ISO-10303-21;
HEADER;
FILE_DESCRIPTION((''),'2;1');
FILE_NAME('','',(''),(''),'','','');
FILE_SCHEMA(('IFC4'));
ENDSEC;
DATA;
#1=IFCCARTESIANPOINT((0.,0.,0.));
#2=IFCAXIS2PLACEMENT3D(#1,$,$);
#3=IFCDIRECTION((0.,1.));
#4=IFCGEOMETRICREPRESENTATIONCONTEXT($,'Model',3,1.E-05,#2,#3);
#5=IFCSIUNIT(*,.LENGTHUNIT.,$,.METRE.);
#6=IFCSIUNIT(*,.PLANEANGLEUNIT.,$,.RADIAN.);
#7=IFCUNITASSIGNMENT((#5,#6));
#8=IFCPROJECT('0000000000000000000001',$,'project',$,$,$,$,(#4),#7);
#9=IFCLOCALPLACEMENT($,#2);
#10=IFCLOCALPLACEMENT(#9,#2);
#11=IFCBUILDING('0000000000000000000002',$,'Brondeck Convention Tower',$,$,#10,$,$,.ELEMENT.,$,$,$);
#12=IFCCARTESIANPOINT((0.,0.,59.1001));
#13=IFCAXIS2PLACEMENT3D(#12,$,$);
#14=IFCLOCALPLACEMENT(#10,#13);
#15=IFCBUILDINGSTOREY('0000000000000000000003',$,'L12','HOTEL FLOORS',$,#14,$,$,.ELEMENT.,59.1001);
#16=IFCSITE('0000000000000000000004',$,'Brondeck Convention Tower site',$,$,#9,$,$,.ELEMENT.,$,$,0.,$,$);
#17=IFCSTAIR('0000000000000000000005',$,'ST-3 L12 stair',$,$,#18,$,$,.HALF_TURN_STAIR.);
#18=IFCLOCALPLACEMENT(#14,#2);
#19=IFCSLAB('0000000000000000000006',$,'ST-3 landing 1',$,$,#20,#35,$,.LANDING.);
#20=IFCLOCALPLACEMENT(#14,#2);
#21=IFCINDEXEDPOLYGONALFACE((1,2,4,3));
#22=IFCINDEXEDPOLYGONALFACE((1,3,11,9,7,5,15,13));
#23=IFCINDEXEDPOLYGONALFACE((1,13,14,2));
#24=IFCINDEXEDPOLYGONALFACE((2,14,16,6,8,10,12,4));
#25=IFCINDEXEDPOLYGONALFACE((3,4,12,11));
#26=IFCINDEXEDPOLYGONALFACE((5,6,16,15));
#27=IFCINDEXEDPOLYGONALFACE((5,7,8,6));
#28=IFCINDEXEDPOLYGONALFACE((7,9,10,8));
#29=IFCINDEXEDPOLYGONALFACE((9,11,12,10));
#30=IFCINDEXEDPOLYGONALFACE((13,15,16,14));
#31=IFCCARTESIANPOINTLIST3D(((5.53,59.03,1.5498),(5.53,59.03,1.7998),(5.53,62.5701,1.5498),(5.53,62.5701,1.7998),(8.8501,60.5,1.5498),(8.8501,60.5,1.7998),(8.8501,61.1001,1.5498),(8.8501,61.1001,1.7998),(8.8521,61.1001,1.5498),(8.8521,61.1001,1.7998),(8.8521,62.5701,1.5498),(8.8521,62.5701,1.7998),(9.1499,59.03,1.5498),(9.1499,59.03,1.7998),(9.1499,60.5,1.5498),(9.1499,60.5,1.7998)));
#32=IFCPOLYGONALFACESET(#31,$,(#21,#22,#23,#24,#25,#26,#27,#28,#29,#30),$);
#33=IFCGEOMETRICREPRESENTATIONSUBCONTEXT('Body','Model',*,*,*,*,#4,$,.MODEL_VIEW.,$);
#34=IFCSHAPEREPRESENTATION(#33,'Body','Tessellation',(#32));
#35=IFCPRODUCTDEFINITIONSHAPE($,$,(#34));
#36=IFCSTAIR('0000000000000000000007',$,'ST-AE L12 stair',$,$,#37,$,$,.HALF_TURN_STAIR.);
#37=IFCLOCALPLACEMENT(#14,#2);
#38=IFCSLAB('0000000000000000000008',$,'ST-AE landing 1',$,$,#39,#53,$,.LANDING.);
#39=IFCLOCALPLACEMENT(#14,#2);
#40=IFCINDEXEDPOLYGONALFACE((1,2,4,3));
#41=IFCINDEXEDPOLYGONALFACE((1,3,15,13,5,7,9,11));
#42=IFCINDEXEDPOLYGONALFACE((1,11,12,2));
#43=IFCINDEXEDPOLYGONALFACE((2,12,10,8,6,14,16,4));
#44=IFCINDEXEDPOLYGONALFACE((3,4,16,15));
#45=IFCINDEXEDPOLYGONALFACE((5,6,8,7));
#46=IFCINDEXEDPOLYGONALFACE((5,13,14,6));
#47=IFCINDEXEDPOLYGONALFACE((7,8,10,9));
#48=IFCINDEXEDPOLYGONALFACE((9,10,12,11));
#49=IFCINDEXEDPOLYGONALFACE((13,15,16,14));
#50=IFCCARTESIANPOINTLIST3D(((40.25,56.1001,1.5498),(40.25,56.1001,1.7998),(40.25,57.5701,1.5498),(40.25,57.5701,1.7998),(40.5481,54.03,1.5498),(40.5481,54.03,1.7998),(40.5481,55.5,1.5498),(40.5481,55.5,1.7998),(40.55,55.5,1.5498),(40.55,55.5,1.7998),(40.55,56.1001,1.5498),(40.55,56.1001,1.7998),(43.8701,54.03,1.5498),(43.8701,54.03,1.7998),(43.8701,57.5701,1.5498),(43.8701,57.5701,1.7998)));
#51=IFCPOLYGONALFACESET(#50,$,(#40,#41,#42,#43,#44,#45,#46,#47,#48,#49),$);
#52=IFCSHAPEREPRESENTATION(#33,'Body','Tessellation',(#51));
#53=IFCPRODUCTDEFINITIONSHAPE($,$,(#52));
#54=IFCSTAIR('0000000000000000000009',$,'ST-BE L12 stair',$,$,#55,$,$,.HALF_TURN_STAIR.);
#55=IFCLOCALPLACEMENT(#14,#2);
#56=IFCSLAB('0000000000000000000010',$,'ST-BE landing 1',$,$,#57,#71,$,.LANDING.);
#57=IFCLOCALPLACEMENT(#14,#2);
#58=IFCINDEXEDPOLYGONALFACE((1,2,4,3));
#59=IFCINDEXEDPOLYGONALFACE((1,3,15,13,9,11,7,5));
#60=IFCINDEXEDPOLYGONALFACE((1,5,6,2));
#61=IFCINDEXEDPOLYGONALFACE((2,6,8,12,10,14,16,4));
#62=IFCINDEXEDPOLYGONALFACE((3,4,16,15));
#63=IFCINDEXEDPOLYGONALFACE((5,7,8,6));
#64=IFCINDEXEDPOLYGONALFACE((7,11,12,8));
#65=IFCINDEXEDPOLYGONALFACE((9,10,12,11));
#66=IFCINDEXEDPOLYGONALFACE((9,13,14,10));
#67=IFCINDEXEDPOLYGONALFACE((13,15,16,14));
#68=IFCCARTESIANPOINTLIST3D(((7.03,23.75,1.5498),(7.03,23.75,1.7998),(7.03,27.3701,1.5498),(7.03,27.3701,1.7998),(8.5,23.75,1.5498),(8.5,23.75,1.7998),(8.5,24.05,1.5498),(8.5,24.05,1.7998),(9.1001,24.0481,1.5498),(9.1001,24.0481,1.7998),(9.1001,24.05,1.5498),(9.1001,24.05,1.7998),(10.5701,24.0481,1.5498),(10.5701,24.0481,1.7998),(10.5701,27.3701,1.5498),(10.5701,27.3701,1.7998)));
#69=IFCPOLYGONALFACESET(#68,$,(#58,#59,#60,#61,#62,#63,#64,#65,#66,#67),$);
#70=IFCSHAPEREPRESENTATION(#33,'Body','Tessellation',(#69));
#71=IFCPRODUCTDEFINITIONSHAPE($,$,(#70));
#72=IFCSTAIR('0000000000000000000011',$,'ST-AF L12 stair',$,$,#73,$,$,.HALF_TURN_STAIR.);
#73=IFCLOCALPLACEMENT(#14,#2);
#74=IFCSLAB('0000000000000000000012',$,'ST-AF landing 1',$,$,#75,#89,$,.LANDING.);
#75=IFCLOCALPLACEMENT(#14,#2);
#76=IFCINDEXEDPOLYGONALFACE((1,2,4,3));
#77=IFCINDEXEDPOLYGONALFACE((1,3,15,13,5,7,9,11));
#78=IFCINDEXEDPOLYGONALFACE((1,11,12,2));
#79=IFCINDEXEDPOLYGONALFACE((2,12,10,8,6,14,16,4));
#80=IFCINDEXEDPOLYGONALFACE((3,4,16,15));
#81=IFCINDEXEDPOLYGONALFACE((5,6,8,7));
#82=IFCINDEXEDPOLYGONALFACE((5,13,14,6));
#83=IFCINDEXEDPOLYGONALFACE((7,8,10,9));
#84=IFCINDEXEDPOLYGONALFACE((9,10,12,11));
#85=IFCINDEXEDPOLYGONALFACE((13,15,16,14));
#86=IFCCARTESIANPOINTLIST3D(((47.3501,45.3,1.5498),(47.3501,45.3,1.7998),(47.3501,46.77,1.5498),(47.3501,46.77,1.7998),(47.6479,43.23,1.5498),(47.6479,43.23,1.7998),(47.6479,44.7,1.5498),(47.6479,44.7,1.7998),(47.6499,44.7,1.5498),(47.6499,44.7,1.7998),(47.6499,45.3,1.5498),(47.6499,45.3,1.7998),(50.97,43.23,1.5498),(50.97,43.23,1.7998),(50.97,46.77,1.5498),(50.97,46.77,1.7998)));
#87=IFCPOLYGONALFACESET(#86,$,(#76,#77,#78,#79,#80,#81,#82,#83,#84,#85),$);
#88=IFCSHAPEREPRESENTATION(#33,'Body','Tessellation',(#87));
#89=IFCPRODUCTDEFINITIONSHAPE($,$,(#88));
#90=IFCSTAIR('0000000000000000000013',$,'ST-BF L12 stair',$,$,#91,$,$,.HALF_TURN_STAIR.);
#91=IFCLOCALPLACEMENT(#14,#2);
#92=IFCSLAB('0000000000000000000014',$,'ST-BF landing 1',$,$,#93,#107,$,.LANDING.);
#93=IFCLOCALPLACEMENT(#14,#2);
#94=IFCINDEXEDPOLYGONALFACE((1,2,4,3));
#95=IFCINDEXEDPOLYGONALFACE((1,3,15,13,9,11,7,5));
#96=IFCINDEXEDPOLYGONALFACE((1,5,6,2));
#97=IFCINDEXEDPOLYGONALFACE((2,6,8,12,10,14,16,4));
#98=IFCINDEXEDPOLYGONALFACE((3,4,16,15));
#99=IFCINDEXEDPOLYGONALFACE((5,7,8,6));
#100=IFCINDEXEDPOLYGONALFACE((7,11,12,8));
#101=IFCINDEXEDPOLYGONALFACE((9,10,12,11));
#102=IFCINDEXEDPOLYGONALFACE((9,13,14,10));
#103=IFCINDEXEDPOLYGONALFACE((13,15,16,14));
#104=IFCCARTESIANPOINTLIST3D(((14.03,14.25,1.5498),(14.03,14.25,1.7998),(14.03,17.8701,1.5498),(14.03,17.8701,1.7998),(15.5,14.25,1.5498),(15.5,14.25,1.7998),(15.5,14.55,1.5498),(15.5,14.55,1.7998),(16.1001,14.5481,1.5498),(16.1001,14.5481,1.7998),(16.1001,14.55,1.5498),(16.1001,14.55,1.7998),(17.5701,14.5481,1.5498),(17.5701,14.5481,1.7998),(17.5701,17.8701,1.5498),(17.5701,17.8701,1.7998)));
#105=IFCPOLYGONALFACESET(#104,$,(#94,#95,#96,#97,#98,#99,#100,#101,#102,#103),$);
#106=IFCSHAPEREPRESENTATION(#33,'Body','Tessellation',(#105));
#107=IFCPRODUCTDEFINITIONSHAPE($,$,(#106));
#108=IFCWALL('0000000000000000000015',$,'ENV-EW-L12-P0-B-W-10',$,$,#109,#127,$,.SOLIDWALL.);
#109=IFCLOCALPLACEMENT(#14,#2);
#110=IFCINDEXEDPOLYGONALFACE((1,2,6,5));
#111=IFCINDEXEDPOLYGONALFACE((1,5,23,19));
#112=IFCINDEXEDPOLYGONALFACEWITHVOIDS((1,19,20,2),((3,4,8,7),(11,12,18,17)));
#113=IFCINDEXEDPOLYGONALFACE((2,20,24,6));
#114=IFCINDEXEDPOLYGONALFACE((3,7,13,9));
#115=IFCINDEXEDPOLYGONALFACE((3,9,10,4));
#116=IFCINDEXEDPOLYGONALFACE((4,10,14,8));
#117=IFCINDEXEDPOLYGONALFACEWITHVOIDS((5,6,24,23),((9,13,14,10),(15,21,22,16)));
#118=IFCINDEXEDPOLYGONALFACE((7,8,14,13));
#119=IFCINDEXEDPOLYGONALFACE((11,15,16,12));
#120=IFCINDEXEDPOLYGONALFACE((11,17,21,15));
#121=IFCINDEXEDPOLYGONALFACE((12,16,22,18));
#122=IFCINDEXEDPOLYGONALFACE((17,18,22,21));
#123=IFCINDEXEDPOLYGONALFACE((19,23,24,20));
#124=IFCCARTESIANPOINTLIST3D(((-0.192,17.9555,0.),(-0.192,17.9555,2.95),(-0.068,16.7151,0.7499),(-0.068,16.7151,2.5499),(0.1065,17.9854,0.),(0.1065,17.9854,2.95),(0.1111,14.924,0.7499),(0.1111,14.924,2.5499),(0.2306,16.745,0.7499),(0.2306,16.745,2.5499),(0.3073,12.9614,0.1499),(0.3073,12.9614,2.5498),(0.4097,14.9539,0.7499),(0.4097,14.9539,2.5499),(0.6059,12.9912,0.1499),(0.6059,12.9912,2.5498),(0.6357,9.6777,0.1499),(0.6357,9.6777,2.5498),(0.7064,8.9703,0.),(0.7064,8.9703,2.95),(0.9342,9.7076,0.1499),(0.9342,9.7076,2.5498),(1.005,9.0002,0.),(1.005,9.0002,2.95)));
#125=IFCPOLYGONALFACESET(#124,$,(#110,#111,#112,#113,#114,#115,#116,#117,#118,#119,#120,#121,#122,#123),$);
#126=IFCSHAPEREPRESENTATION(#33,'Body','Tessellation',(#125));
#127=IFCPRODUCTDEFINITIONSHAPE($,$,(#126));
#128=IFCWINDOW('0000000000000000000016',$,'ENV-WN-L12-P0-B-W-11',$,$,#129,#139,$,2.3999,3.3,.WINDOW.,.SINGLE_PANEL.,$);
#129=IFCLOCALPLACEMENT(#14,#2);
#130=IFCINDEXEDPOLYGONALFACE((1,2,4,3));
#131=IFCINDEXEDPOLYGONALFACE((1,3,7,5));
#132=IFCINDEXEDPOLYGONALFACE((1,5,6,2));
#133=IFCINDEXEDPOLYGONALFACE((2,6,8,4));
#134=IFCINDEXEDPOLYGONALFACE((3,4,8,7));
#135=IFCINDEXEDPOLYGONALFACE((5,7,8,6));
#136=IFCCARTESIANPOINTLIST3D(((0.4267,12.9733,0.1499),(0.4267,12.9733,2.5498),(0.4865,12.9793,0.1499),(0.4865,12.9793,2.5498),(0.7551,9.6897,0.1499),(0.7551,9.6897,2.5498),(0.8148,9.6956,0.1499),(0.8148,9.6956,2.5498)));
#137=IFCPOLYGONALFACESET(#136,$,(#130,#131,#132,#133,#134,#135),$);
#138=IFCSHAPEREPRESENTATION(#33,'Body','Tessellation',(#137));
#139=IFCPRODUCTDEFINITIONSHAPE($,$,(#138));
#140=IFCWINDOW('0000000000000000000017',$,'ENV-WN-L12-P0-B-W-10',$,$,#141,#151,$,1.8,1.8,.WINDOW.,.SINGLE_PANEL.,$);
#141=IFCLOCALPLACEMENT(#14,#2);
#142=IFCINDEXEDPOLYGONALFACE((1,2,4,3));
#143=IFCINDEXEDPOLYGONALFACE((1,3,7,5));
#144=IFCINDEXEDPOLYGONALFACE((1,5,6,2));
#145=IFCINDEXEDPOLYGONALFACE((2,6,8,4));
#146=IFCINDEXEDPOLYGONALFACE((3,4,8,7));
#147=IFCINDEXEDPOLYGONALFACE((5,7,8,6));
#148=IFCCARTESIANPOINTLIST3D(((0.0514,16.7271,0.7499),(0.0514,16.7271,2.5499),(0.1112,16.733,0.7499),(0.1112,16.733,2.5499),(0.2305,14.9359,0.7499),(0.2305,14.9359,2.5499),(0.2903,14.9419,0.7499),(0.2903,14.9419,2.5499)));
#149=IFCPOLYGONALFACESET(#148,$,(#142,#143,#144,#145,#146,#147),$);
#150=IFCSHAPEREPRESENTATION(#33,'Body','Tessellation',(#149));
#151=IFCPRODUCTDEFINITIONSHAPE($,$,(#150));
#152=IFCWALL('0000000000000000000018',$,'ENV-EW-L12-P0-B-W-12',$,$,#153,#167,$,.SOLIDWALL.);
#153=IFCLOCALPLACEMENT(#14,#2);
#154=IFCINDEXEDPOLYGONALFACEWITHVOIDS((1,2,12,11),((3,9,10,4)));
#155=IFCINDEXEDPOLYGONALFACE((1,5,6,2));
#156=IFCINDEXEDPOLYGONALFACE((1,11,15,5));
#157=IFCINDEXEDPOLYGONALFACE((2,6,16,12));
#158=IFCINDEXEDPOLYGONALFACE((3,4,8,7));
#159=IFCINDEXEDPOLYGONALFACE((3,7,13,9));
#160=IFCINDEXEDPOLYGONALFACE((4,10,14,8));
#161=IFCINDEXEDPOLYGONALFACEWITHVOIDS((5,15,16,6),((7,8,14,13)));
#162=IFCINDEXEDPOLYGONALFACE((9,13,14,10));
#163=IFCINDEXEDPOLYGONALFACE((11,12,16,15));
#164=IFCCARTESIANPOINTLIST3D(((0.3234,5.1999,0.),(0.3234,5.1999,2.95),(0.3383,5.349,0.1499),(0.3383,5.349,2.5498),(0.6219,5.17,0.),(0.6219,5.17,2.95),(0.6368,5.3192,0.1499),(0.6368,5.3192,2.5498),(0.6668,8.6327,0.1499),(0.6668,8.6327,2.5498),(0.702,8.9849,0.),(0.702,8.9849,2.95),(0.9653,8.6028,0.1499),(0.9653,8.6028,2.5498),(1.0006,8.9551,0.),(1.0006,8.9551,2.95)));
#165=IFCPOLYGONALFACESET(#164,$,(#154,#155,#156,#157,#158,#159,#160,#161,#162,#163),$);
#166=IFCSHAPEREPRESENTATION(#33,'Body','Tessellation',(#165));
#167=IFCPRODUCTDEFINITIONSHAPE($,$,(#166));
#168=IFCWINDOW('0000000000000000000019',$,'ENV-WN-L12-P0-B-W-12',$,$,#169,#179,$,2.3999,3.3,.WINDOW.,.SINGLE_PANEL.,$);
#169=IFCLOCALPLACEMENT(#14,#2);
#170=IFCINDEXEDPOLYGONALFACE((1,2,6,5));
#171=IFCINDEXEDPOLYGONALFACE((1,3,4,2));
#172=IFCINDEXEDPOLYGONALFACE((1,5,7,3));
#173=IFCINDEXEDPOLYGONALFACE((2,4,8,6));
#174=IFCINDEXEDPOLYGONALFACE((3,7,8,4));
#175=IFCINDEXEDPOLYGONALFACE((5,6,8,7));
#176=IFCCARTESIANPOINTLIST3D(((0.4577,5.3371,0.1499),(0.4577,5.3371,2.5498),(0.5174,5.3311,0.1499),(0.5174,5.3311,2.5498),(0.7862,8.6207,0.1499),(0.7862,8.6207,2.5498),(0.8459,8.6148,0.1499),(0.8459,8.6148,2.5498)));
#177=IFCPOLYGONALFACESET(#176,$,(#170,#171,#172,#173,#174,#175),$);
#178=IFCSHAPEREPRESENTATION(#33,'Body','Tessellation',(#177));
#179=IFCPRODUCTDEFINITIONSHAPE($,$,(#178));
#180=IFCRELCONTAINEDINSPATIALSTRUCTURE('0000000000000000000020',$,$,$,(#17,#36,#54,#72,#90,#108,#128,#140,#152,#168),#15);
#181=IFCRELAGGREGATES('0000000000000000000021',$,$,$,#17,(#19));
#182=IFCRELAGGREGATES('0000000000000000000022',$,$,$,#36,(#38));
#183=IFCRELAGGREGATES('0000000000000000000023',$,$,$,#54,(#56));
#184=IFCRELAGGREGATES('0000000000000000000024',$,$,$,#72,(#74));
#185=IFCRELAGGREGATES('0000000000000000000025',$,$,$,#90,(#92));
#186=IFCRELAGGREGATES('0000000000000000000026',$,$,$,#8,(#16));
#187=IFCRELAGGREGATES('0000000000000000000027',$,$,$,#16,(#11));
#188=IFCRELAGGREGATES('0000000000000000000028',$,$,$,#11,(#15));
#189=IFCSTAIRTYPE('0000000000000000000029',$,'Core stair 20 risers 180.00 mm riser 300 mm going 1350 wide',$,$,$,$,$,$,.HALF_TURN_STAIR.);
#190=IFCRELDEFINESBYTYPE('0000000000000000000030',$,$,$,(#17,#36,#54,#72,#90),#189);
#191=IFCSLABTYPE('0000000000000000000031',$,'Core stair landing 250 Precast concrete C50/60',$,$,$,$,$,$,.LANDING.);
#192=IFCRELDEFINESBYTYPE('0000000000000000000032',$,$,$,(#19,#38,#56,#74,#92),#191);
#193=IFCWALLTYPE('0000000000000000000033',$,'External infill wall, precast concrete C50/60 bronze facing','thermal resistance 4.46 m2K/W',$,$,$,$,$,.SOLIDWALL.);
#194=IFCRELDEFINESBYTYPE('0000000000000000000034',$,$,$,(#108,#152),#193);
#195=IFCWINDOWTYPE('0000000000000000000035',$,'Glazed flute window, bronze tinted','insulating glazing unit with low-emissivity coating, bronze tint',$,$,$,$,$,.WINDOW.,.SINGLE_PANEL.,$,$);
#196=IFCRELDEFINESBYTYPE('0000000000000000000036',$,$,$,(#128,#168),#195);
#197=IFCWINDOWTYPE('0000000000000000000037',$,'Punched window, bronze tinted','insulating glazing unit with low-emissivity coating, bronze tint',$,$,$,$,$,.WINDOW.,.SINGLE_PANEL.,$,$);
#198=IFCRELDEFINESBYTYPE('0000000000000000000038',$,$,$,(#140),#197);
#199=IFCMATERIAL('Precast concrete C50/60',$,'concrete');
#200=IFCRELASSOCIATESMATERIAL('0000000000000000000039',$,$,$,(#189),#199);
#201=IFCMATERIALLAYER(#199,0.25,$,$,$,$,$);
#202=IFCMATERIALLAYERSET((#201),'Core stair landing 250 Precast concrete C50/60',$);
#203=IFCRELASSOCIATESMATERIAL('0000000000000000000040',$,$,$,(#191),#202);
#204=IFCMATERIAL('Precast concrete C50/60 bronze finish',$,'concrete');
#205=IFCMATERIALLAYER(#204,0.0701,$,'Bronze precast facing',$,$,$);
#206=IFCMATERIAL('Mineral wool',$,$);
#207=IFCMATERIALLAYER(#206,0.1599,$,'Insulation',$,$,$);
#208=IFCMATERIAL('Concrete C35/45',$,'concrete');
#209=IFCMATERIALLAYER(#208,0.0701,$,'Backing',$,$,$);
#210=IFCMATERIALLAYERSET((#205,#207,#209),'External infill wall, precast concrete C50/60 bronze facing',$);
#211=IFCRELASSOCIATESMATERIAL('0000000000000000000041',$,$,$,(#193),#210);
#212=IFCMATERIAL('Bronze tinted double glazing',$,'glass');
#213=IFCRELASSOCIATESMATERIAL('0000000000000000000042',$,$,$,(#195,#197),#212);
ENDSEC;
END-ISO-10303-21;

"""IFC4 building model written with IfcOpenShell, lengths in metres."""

from ifc_helpers import new_model, si_unit, direction, frame, frame_2d, origin, place, context, subcontext, project, spatial, polyline, rectangle, outline, extrude, material, layer, layer_set, type_object, element, fill, aggregate, save


model = new_model("IFC4")

# Units and contexts
model_context = context("Model", 3, precision=1e-05, world=origin(), true_north=direction((0.0, 1.0)))
body_context = subcontext(model_context, "Body", "Model", "MODEL_VIEW")
ifc_project = project(units=[si_unit("LENGTHUNIT", "METRE"), si_unit("PLANEANGLEUNIT", "RADIAN")], contexts=[model_context])

# Site, building, storey
site_placement = place(None, origin())
site = spatial("IfcSite", under=ifc_project, at=site_placement, Name="Brondeck Convention Tower site", CompositionType="ELEMENT", RefElevation=0.0)
building_placement = place(site_placement, origin())
building = spatial("IfcBuilding", under=site, at=building_placement, Name="Brondeck Convention Tower", CompositionType="ELEMENT")
storey_placement = place(building_placement, frame((0.0, 0.0, 59.1001)))
storey = spatial("IfcBuildingStorey", under=building, at=storey_placement, Name="L12", Description="HOTEL FLOORS", CompositionType="ELEMENT", Elevation=59.1001)

# Shared definitions
ifc_material_1 = material(Name="Concrete C35/45", Category="concrete")

# Stairs, slabs
ifc_material_2 = material(Name="Precast concrete C50/60", Category="concrete")
stair_type = type_object("IfcStairType", Name="Core stair 20 risers 180.00 mm riser 300 mm going 1350 wide", PredefinedType="HALF_TURN_STAIR", material=ifc_material_2)
ifc_layer_1 = layer(ifc_material_2, 0.25)
ifc_layer_set_1 = layer_set([ifc_layer_1], Name="Core stair landing 250 Precast concrete C50/60")
slab_type_1 = type_object("IfcSlabType", Name="Core stair landing 250 Precast concrete C50/60", PredefinedType="LANDING", material=ifc_layer_set_1)
stair_1_placement = place(storey_placement, origin())
stair_1 = element("IfcStair", 1, at=stair_1_placement, inside=storey, type_object=stair_type, Name="ST-3 L12 stair", PredefinedType="HALF_TURN_STAIR")
slab_1_placement = place(storey_placement, frame((0.0, 0.0, 1.5498)))
slab_1 = element("IfcSlab", 2, at=slab_1_placement, type_object=slab_type_1, Name="ST-3 landing 1", PredefinedType="LANDING", context=body_context, shape_type="SweptSolid", body=[
    extrude(outline(polyline([(9.1499, 60.5), (9.1499, 59.03), (5.53, 59.03), (5.53, 62.5701), (8.8521, 62.5701), (8.8521, 61.1001), (8.8501, 61.1001), (8.8501, 60.5), (9.1499, 60.5)])), origin(), (0.0, 0.0, 1.0), 0.25),
])
aggregate(stair_1, [slab_1])
stair_2_placement = place(storey_placement, origin())
stair_2 = element("IfcStair", 3, at=stair_2_placement, inside=storey, type_object=stair_type, Name="ST-AE L12 stair", PredefinedType="HALF_TURN_STAIR")
slab_2_placement = place(storey_placement, frame((0.0, 0.0, 1.5498)))
slab_2 = element("IfcSlab", 4, at=slab_2_placement, type_object=slab_type_1, Name="ST-AE landing 1", PredefinedType="LANDING", context=body_context, shape_type="SweptSolid", body=[
    extrude(outline(polyline([(40.5481, 55.5), (40.55, 55.5), (40.55, 56.1001), (40.25, 56.1001), (40.25, 57.5701), (43.8701, 57.5701), (43.8701, 54.03), (40.5481, 54.03), (40.5481, 55.5)])), origin(), (0.0, 0.0, 1.0), 0.25),
])
aggregate(stair_2, [slab_2])
stair_3_placement = place(storey_placement, origin())
stair_3 = element("IfcStair", 5, at=stair_3_placement, inside=storey, type_object=stair_type, Name="ST-BE L12 stair", PredefinedType="HALF_TURN_STAIR")
slab_3_placement = place(storey_placement, frame((0.0, 0.0, 1.5498)))
slab_3 = element("IfcSlab", 6, at=slab_3_placement, type_object=slab_type_1, Name="ST-BE landing 1", PredefinedType="LANDING", context=body_context, shape_type="SweptSolid", body=[
    extrude(outline(polyline([(7.03, 23.75), (7.03, 27.3701), (10.5701, 27.3701), (10.5701, 24.0481), (9.1001, 24.0481), (9.1001, 24.05), (8.5, 24.05), (8.5, 23.75), (7.03, 23.75)])), origin(), (0.0, 0.0, 1.0), 0.25),
])
aggregate(stair_3, [slab_3])
stair_4_placement = place(storey_placement, origin())
stair_4 = element("IfcStair", 7, at=stair_4_placement, inside=storey, type_object=stair_type, Name="ST-AF L12 stair", PredefinedType="HALF_TURN_STAIR")
slab_4_placement = place(storey_placement, frame((0.0, 0.0, 1.5498)))
slab_4 = element("IfcSlab", 8, at=slab_4_placement, type_object=slab_type_1, Name="ST-AF landing 1", PredefinedType="LANDING", context=body_context, shape_type="SweptSolid", body=[
    extrude(outline(polyline([(47.6479, 44.7), (47.6499, 44.7), (47.6499, 45.3), (47.3501, 45.3), (47.3501, 46.77), (50.97, 46.77), (50.97, 43.23), (47.6479, 43.23), (47.6479, 44.7)])), origin(), (0.0, 0.0, 1.0), 0.25),
])
aggregate(stair_4, [slab_4])
stair_5_placement = place(storey_placement, origin())
stair_5 = element("IfcStair", 9, at=stair_5_placement, inside=storey, type_object=stair_type, Name="ST-BF L12 stair", PredefinedType="HALF_TURN_STAIR")
slab_5_placement = place(storey_placement, frame((0.0, 0.0, 1.5498)))
slab_5 = element("IfcSlab", 10, at=slab_5_placement, type_object=slab_type_1, Name="ST-BF landing 1", PredefinedType="LANDING", context=body_context, shape_type="SweptSolid", body=[
    extrude(outline(polyline([(14.03, 14.25), (14.03, 17.8701), (17.5701, 17.8701), (17.5701, 14.5481), (16.1001, 14.5481), (16.1001, 14.55), (15.5, 14.55), (15.5, 14.25), (14.03, 14.25)])), origin(), (0.0, 0.0, 1.0), 0.25),
])
aggregate(stair_5, [slab_5])

# Wall, openings, windows
ifc_material_3 = material(Name="Precast concrete C50/60 bronze finish", Category="concrete")
ifc_layer_2 = layer(ifc_material_3, 0.0701, Name="Bronze precast facing")
ifc_material_4 = material(Name="Mineral wool")
ifc_layer_3 = layer(ifc_material_4, 0.1599, Name="Insulation")
ifc_layer_4 = layer(ifc_material_1, 0.0701, Name="Backing")
ifc_layer_set_2 = layer_set([ifc_layer_2, ifc_layer_3, ifc_layer_4], Name="External infill wall, precast concrete C50/60 bronze facing")
wall_type_1 = type_object("IfcWallType", Name="External infill wall, precast concrete C50/60 bronze facing", Description="thermal resistance 4.46 m2K/W", PredefinedType="SOLIDWALL", material=ifc_layer_set_2)
wall_1_placement = place(storey_placement, frame((0.8557, 8.9851, 0.0), z_axis=(0.0, 0.0, 1.0), x_axis=(-0.099496, 0.995038, 0.0)))
wall_1 = element("IfcWall", 11, at=wall_1_placement, inside=storey, type_object=wall_type_1, Name="ENV-EW-L12-P0-B-W-10", PredefinedType="SOLIDWALL", context=body_context, shape_type="SweptSolid", body=[
    extrude(rectangle(XDim=9.03, YDim=0.3, at=frame_2d((4.5151, 0.0))), origin(), (0.0, 0.0, 1.0), 2.95),
])
opening_1_placement = place(wall_1_placement, frame((0.7112, 0.0, 0.1499)))
opening_1 = element("IfcOpeningElement", 12, at=opening_1_placement, cuts=wall_1, PredefinedType="OPENING", context=body_context, shape_type="SweptSolid", body=[
    extrude(rectangle(XDim=3.3, YDim=2.3999, at=frame_2d((1.6499, 1.2))), frame((0.0, 0.1599, 0.0), z_axis=(0.0, -1.0, 0.0), x_axis=(1.0, 0.0, 0.0)), (0.0, 0.0, 1.0), 0.3201),
])
opening_2_placement = place(wall_1_placement, frame((5.9836, 0.0, 0.75)))
opening_2 = element("IfcOpeningElement", 13, at=opening_2_placement, cuts=wall_1, PredefinedType="OPENING", context=body_context, shape_type="SweptSolid", body=[
    extrude(rectangle(XDim=1.8, YDim=1.8, at=frame_2d((0.8999, 0.8999))), frame((0.0, 0.1599, 0.0), z_axis=(0.0, -1.0, 0.0), x_axis=(1.0, 0.0, 0.0)), (0.0, 0.0, 1.0), 0.3201),
])
ifc_material_5 = material(Name="Bronze tinted double glazing", Category="glass")
window_type_1 = type_object("IfcWindowType", Name="Glazed flute window, bronze tinted", Description="insulating glazing unit with low-emissivity coating, bronze tint", PartitioningType="SINGLE_PANEL", PredefinedType="WINDOW", material=ifc_material_5)
window_1_placement = place(opening_1_placement, origin())
window_1 = element("IfcWindow", 14, at=window_1_placement, inside=storey, type_object=window_type_1, Name="ENV-WN-L12-P0-B-W-11", OverallHeight=2.3999, OverallWidth=3.3, PartitioningType="SINGLE_PANEL", PredefinedType="WINDOW", context=body_context, shape_type="SweptSolid", body=[
    extrude(rectangle(XDim=3.3, YDim=2.3999, at=frame_2d((1.6499, 1.2))), frame((0.0, 0.03, 0.0), z_axis=(0.0, -1.0, 0.0), x_axis=(1.0, 0.0, 0.0)), (0.0, 0.0, 1.0), 0.0601),
])
fill(opening_1, window_1)
window_type_2 = type_object("IfcWindowType", Name="Punched window, bronze tinted", Description="insulating glazing unit with low-emissivity coating, bronze tint", PartitioningType="SINGLE_PANEL", PredefinedType="WINDOW", material=ifc_material_5)
window_2_placement = place(opening_2_placement, origin())
window_2 = element("IfcWindow", 15, at=window_2_placement, inside=storey, type_object=window_type_2, Name="ENV-WN-L12-P0-B-W-10", OverallHeight=1.8, OverallWidth=1.8, PartitioningType="SINGLE_PANEL", PredefinedType="WINDOW", context=body_context, shape_type="SweptSolid", body=[
    extrude(rectangle(XDim=1.8, YDim=1.8, at=frame_2d((0.8999, 0.8999))), frame((0.0, 0.03, 0.0), z_axis=(0.0, -1.0, 0.0), x_axis=(1.0, 0.0, 0.0)), (0.0, 0.0, 1.0), 0.0601),
])
fill(opening_2, window_2)

# Wall, opening, window
wall_2_placement = place(storey_placement, frame((0.4727, 5.1851, 0.0), z_axis=(0.0, 0.0, 1.0), x_axis=(0.099542, 0.995033, 0.0)))
wall_2 = element("IfcWall", 16, at=wall_2_placement, inside=storey, type_object=wall_type_1, Name="ENV-EW-L12-P0-B-W-12", PredefinedType="SOLIDWALL", context=body_context, shape_type="SweptSolid", body=[
    extrude(rectangle(XDim=3.804, YDim=0.3, at=frame_2d((1.9019, 0.0))), origin(), (0.0, 0.0, 1.0), 2.95),
])
opening_3_placement = place(wall_2_placement, frame((0.1499, 0.0, 0.1499)))
opening_3 = element("IfcOpeningElement", 17, at=opening_3_placement, cuts=wall_2, PredefinedType="OPENING", context=body_context, shape_type="SweptSolid", body=[
    extrude(rectangle(XDim=3.3, YDim=2.3999, at=frame_2d((1.6499, 1.2))), frame((0.0, 0.1599, 0.0), z_axis=(0.0, -1.0, 0.0), x_axis=(1.0, 0.0, 0.0)), (0.0, 0.0, 1.0), 0.3201),
])
window_3_placement = place(opening_3_placement, origin())
window_3 = element("IfcWindow", 18, at=window_3_placement, inside=storey, type_object=window_type_1, Name="ENV-WN-L12-P0-B-W-12", OverallHeight=2.3999, OverallWidth=3.3, PartitioningType="SINGLE_PANEL", PredefinedType="WINDOW", context=body_context, shape_type="SweptSolid", body=[
    extrude(rectangle(XDim=3.3, YDim=2.3999, at=frame_2d((1.6499, 1.2))), frame((0.0, 0.03, 0.0), z_axis=(0.0, -1.0, 0.0), x_axis=(1.0, 0.0, 0.0)), (0.0, 0.0, 1.0), 0.0601),
])
fill(opening_3, window_3)

save(model, "model.ifc")
